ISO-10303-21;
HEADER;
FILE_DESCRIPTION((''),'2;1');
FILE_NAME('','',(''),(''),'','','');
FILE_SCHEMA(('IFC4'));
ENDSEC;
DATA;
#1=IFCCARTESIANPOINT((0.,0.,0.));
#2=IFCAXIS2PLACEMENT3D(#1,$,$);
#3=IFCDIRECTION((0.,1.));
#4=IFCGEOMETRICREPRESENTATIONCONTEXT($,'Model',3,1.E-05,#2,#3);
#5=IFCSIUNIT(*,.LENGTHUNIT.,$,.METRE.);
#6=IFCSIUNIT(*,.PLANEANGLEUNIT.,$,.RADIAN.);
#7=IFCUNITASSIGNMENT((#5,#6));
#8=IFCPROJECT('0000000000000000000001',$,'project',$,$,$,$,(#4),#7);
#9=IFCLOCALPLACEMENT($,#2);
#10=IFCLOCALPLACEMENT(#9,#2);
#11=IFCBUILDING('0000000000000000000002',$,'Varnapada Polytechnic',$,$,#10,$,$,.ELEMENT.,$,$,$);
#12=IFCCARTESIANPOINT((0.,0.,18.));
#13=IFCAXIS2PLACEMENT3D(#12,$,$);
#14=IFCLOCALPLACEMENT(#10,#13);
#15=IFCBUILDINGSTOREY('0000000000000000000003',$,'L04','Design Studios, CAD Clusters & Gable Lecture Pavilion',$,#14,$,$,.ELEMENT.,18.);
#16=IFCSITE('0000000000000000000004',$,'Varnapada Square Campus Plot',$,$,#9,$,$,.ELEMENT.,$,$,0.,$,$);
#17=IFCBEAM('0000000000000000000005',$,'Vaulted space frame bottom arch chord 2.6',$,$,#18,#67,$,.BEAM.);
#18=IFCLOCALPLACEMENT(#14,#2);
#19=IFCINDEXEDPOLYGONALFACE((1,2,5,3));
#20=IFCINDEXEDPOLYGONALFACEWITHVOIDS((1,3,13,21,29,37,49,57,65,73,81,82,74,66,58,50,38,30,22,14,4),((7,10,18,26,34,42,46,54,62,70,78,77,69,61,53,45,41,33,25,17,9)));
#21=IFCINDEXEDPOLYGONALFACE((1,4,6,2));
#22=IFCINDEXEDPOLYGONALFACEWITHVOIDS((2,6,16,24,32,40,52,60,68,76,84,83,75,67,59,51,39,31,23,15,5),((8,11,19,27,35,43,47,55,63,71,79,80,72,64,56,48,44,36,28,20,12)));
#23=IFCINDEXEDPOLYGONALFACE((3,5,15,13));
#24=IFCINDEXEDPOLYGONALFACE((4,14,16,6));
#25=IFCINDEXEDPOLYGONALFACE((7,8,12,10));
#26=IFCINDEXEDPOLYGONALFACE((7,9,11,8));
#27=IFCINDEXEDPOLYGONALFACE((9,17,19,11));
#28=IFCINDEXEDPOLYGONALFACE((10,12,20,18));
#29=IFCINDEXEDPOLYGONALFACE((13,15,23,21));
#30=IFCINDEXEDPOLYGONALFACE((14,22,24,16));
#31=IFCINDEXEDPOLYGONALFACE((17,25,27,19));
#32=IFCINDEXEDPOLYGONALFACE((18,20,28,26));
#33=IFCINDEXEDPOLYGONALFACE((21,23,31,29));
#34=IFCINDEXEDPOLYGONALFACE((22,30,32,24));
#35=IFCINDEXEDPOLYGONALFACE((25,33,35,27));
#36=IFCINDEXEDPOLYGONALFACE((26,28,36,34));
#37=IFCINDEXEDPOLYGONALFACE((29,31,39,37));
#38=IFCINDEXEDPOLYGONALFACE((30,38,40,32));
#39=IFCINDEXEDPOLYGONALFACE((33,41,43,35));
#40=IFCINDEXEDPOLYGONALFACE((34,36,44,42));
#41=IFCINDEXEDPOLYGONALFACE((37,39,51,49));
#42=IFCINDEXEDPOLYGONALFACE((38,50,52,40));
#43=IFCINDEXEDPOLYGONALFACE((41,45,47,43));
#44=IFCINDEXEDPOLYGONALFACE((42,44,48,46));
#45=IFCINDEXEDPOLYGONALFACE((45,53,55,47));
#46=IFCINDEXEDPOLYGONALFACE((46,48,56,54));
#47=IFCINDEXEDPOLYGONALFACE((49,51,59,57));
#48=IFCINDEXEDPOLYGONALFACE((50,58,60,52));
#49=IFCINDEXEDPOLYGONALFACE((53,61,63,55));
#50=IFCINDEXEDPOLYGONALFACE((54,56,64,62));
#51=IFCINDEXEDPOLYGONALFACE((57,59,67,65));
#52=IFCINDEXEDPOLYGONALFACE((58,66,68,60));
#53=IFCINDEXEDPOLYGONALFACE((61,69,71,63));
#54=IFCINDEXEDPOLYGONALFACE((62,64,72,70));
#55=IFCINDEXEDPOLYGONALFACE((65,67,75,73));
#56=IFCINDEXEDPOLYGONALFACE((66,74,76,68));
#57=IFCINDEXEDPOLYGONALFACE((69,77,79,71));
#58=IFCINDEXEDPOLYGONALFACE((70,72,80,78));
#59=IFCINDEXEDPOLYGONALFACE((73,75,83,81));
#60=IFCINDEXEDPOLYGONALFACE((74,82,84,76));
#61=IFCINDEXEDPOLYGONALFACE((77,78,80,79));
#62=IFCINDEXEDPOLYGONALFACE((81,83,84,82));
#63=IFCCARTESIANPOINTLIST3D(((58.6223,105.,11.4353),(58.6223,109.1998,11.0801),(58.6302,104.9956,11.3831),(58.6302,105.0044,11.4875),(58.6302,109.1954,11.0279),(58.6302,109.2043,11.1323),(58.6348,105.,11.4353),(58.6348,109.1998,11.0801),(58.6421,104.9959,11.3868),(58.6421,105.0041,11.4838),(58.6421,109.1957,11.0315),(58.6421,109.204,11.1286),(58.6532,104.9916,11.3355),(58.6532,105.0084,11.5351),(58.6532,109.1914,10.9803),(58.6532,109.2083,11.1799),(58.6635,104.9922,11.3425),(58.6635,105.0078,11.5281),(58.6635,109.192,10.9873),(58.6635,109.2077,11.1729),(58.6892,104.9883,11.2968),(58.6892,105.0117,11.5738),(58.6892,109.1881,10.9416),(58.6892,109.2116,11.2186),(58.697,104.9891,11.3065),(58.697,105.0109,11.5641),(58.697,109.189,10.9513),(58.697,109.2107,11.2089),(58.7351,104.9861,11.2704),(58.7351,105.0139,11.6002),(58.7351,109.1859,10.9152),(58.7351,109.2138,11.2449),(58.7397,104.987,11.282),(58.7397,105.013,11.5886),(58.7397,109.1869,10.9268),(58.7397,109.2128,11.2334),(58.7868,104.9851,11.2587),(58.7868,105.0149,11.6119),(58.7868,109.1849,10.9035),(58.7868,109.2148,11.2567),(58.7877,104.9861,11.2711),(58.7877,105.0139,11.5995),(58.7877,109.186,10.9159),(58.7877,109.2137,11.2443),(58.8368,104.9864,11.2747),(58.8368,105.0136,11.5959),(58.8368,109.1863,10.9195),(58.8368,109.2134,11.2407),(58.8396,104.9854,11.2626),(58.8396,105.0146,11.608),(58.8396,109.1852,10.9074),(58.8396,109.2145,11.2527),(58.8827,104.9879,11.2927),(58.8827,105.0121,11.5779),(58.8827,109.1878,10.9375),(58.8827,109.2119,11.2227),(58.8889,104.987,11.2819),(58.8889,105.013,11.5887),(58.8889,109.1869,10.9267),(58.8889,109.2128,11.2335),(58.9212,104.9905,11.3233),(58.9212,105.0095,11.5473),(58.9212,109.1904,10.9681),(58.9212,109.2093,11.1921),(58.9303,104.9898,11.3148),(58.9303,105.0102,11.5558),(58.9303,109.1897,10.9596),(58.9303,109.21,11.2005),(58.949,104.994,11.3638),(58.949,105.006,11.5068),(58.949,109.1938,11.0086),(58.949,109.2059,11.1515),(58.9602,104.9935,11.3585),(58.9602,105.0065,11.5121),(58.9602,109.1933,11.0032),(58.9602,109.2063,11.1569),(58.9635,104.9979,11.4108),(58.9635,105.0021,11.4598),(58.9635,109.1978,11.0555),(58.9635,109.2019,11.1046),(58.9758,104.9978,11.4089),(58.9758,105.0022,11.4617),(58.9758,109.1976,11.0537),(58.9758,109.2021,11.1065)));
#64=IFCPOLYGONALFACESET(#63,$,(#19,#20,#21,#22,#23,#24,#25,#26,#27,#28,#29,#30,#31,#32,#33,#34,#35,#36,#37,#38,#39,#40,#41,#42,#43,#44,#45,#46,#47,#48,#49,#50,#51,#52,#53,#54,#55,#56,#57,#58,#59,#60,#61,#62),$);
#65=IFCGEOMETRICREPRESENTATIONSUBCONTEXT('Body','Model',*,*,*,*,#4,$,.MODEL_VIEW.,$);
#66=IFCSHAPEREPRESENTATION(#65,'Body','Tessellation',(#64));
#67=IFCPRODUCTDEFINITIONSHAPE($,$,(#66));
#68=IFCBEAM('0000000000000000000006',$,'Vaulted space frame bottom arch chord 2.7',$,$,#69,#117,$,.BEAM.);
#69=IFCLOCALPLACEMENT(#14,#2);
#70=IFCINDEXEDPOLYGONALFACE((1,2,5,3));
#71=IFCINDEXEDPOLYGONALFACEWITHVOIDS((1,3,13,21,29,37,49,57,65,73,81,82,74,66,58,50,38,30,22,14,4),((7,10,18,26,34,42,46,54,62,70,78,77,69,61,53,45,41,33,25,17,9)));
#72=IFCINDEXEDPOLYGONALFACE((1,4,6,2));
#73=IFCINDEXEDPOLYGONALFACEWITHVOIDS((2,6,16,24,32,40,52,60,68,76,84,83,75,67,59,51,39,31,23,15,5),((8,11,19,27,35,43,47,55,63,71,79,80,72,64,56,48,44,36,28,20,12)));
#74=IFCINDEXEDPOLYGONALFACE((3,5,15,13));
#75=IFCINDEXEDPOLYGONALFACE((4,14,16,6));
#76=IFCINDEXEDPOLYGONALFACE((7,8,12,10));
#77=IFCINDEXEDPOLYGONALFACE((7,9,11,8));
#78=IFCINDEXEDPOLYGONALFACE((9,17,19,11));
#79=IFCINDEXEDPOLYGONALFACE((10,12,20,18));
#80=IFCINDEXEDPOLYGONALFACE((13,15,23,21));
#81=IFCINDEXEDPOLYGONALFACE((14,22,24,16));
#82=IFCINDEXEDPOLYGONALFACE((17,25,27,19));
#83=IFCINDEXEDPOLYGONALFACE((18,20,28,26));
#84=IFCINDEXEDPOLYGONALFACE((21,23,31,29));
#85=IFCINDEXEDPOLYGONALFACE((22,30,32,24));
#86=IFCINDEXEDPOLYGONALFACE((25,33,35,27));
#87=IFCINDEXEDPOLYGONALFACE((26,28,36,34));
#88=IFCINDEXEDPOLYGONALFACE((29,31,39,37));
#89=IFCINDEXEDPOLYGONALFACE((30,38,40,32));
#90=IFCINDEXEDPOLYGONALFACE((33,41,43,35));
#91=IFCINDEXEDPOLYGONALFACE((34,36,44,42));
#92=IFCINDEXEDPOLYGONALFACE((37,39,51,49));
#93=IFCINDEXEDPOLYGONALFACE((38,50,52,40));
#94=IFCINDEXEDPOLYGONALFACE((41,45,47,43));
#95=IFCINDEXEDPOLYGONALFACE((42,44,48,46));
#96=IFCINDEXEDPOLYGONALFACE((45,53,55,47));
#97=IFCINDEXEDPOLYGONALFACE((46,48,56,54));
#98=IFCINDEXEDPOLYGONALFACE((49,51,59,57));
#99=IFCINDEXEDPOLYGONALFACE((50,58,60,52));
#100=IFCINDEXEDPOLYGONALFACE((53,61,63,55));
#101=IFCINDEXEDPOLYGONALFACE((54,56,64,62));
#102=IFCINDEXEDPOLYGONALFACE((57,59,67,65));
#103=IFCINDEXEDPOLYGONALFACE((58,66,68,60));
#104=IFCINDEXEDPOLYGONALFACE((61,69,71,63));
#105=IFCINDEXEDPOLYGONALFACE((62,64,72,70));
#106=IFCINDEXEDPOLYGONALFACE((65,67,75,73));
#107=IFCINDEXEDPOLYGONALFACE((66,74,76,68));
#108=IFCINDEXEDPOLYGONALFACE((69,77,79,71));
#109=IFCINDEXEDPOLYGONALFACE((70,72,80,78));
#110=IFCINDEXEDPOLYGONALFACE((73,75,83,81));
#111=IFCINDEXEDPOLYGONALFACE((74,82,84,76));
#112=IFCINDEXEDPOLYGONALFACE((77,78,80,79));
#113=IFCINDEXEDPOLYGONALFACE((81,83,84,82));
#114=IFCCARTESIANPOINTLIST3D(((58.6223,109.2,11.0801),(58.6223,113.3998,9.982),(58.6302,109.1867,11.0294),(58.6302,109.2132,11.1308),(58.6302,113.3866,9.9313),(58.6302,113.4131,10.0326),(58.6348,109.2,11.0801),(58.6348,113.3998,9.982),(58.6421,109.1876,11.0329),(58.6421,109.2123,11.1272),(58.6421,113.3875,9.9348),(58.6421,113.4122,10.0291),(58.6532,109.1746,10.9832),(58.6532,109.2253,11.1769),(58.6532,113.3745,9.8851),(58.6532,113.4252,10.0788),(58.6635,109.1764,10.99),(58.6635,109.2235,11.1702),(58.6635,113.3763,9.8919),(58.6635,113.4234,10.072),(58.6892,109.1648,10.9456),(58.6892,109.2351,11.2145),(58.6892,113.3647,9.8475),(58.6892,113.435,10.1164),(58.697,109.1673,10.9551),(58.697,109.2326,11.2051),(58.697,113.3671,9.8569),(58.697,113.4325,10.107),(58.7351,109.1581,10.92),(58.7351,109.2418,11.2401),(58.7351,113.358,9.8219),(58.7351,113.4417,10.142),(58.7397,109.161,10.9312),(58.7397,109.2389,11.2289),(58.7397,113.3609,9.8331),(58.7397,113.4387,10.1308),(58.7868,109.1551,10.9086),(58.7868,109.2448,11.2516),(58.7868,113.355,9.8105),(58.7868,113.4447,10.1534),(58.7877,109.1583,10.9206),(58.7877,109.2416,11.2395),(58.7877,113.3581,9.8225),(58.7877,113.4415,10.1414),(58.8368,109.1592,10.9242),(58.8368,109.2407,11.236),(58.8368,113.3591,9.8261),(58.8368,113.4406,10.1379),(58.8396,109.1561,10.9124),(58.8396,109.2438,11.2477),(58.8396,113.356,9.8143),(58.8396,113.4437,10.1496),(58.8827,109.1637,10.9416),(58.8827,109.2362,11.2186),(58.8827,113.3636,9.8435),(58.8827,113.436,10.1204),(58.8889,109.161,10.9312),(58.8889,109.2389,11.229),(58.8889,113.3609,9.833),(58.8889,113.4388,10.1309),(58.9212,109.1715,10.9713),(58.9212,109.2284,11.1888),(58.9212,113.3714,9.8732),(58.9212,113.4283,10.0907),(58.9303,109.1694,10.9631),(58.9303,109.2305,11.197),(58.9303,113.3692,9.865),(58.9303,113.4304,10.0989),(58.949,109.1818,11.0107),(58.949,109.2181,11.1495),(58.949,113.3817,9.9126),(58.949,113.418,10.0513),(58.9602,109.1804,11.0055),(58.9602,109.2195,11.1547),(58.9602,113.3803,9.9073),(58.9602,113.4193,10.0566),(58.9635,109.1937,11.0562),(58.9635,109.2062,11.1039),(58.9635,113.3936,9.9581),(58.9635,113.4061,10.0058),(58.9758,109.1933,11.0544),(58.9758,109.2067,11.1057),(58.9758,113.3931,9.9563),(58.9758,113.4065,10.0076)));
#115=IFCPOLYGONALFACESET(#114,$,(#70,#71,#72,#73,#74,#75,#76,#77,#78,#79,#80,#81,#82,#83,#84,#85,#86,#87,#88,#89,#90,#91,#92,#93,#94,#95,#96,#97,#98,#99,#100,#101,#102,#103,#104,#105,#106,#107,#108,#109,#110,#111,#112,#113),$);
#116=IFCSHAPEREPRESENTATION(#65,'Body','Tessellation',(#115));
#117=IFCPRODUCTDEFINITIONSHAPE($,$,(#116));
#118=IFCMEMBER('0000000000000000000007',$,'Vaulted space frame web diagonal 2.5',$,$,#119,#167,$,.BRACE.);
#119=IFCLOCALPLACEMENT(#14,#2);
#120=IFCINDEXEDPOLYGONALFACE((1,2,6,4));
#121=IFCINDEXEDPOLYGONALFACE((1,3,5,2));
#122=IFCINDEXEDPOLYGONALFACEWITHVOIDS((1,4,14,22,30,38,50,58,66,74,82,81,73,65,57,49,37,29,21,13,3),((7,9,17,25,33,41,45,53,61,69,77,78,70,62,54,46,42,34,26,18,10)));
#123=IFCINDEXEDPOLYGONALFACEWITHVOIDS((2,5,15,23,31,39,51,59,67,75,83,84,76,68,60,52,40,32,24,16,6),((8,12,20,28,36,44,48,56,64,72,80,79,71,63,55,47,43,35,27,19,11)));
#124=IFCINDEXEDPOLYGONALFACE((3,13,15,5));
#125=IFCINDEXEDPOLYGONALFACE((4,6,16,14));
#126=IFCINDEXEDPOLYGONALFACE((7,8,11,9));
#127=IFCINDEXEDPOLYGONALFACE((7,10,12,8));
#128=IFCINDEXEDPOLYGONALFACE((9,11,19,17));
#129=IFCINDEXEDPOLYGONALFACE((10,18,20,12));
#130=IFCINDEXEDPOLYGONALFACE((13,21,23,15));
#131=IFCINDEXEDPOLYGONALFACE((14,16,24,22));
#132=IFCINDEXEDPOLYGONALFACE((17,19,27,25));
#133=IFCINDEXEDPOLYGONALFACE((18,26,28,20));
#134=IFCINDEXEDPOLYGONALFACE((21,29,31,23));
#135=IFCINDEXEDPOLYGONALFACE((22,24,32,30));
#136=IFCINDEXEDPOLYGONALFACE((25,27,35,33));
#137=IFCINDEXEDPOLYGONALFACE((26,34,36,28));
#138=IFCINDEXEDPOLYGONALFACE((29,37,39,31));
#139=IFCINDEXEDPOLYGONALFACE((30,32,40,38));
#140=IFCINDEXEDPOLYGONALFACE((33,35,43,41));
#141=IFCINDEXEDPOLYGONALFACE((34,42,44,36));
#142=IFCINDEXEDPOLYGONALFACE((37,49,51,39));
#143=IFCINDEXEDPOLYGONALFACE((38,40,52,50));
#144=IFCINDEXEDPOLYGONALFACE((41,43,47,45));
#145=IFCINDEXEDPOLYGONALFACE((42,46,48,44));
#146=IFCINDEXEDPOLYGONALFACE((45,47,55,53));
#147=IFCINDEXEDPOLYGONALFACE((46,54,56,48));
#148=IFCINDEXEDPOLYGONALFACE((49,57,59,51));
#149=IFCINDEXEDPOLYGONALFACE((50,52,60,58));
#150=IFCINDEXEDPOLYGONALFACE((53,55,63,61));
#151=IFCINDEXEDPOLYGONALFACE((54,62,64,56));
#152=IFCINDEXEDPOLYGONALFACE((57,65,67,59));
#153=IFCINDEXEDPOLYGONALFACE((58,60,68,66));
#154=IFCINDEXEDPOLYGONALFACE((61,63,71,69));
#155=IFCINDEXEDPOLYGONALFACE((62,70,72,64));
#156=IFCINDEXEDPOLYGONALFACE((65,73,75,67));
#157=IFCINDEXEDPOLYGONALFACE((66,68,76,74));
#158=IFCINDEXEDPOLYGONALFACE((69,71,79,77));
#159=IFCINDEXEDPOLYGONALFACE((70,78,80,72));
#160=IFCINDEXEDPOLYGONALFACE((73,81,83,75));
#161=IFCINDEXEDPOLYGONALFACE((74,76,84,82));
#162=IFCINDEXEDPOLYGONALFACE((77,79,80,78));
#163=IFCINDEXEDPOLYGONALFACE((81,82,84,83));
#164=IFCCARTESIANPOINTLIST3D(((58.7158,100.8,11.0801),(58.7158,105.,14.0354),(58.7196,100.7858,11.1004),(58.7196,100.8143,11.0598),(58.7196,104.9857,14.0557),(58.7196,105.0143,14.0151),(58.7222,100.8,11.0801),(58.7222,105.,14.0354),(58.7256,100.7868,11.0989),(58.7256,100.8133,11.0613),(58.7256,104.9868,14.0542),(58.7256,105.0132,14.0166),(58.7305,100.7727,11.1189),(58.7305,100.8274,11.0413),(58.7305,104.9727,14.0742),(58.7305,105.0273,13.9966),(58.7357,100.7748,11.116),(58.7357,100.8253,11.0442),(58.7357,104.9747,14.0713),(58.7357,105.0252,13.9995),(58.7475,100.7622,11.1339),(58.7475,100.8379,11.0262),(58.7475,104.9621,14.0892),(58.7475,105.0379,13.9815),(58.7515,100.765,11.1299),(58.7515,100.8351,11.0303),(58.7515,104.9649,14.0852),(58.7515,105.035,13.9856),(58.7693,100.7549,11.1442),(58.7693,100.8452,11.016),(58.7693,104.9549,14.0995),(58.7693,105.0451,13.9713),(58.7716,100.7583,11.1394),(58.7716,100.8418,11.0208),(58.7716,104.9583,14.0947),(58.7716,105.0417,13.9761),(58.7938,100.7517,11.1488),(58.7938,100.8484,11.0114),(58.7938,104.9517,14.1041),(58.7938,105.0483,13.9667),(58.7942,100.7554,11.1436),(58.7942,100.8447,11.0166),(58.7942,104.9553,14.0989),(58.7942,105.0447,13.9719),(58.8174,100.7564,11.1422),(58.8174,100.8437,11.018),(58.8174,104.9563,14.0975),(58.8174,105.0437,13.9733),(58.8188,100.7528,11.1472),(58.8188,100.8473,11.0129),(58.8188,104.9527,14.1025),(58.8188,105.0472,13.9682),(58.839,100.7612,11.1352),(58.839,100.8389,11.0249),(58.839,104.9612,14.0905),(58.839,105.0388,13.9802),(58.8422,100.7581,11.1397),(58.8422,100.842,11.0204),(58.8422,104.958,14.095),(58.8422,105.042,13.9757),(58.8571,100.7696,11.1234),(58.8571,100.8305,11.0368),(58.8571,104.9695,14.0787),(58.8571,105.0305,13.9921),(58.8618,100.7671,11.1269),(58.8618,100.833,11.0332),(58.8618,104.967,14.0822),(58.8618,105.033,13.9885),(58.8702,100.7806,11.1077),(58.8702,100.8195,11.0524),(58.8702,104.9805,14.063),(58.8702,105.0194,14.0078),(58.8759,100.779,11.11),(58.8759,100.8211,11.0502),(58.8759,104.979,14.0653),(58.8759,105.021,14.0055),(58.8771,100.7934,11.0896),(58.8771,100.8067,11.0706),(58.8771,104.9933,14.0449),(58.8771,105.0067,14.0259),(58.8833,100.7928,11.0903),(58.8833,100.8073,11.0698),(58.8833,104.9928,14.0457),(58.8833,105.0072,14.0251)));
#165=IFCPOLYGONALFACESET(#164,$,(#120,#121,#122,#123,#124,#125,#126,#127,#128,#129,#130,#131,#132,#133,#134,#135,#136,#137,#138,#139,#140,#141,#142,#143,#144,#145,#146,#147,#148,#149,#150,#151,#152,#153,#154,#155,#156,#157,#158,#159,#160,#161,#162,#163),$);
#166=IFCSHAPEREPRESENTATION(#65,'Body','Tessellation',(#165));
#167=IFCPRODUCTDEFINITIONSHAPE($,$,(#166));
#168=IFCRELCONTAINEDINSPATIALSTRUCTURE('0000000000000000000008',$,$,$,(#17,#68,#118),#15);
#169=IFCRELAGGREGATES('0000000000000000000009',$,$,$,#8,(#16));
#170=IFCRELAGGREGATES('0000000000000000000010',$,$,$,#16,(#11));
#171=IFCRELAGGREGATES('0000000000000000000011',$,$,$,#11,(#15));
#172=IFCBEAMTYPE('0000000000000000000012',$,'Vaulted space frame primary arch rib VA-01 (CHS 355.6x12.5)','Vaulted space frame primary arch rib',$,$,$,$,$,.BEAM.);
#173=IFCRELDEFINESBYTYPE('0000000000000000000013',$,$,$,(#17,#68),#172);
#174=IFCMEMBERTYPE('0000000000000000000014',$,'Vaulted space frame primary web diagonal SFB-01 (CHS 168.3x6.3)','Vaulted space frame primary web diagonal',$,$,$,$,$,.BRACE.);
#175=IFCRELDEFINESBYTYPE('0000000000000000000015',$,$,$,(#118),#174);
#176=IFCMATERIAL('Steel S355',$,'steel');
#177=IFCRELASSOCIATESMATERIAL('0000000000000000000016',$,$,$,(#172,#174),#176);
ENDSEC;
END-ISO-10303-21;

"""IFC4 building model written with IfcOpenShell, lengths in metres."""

from ifc_helpers import new_model, si_unit, direction, frame, origin, origin_2d, place, context, subcontext, project, spatial, hollow_circle, extrude, material, material_profile, profile_set, type_object, element, save


model = new_model("IFC4")

# Units and contexts
model_context = context("Model", 3, precision=1e-05, world=origin(), true_north=direction((0.0, 1.0)))
body_context = subcontext(model_context, "Body", "Model", "MODEL_VIEW")
ifc_project = project(units=[si_unit("LENGTHUNIT", "METRE"), si_unit("PLANEANGLEUNIT", "RADIAN")], contexts=[model_context])

# Site, building, storey
site_placement = place(None, origin())
site = spatial("IfcSite", under=ifc_project, at=site_placement, Name="Varnapada Square Campus Plot", CompositionType="ELEMENT", RefElevation=0.0)
building_placement = place(site_placement, origin())
building = spatial("IfcBuilding", under=site, at=building_placement, Name="Varnapada Polytechnic", CompositionType="ELEMENT")
storey_placement = place(building_placement, frame((0.0, 0.0, 18.0)))
storey = spatial("IfcBuildingStorey", under=building, at=storey_placement, Name="L04", Description="Design Studios, CAD Clusters & Gable Lecture Pavilion", CompositionType="ELEMENT", Elevation=18.0)

# Shared definitions
ifc_material = material(Name="Steel S355", Category="steel")

# Beams
ifc_material_profile_1 = material_profile(ifc_material, hollow_circle(Radius=0.1777, WallThickness=0.0125, at=origin_2d()), Name="CHS 355.6x12.5")
ifc_profile_set_1 = profile_set([ifc_material_profile_1], Name="Steel S355")
beam_type_1 = type_object("IfcBeamType", Name="Vaulted space frame primary arch rib VA-01 (CHS 355.6x12.5)", Description="Vaulted space frame primary arch rib", PredefinedType="BEAM", material=ifc_profile_set_1)
for number, where, z_axis, x_axis, name in (
    (1, (58.8, 105.0, 11.4353), (0.0, 0.996442, -0.084277), (-1.0, 0.0, 0.0), "Vaulted space frame bottom arch chord 2.6"),
):
    element("IfcBeam", number, at=place(storey_placement, frame(where, z_axis=z_axis, x_axis=x_axis)), inside=storey, type_object=beam_type_1, Name=name, PredefinedType="BEAM", context=body_context, shape_type="SweptSolid", body=[
        extrude(hollow_circle(Radius=0.1777, WallThickness=0.0125, at=origin_2d()), origin(), (0.0, 0.0, 1.0), 4.2148),
    ])
beam_placement = place(storey_placement, frame((58.8, 109.2, 11.0801), z_axis=(0.0, 0.967476, -0.252962), x_axis=(-1.0, 0.0, 0.0)))
element("IfcBeam", 2, at=beam_placement, inside=storey, type_object=beam_type_1, Name="Vaulted space frame bottom arch chord 2.7", PredefinedType="BEAM", context=body_context, shape_type="SweptSolid", body=[
    extrude(hollow_circle(Radius=0.1777, WallThickness=0.0125, at=origin_2d()), origin(), (0.0, 0.0, 1.0), 4.3411),
])

# Member
ifc_material_profile_2 = material_profile(ifc_material, hollow_circle(Radius=0.0842, WallThickness=0.0063, at=origin_2d()), Name="CHS 168.3x6.3")
ifc_profile_set_2 = profile_set([ifc_material_profile_2], Name="Steel S355")
member_type_1 = type_object("IfcMemberType", Name="Vaulted space frame primary web diagonal SFB-01 (CHS 168.3x6.3)", Description="Vaulted space frame primary web diagonal", PredefinedType="BRACE", material=ifc_profile_set_2)
for number, where, z_axis, x_axis, name in (
    (3, (58.8, 100.8, 11.0801), (0.0, 0.817825, 0.575467), (-1.0, 0.0, 0.0), "Vaulted space frame web diagonal 2.5"),
):
    element("IfcMember", number, at=place(storey_placement, frame(where, z_axis=z_axis, x_axis=x_axis)), inside=storey, type_object=member_type_1, Name=name, PredefinedType="BRACE", context=body_context, shape_type="SweptSolid", body=[
        extrude(hollow_circle(Radius=0.0842, WallThickness=0.0063, at=origin_2d()), origin(), (0.0, 0.0, 1.0), 5.1355),
    ])

save(model, "model.ifc")
